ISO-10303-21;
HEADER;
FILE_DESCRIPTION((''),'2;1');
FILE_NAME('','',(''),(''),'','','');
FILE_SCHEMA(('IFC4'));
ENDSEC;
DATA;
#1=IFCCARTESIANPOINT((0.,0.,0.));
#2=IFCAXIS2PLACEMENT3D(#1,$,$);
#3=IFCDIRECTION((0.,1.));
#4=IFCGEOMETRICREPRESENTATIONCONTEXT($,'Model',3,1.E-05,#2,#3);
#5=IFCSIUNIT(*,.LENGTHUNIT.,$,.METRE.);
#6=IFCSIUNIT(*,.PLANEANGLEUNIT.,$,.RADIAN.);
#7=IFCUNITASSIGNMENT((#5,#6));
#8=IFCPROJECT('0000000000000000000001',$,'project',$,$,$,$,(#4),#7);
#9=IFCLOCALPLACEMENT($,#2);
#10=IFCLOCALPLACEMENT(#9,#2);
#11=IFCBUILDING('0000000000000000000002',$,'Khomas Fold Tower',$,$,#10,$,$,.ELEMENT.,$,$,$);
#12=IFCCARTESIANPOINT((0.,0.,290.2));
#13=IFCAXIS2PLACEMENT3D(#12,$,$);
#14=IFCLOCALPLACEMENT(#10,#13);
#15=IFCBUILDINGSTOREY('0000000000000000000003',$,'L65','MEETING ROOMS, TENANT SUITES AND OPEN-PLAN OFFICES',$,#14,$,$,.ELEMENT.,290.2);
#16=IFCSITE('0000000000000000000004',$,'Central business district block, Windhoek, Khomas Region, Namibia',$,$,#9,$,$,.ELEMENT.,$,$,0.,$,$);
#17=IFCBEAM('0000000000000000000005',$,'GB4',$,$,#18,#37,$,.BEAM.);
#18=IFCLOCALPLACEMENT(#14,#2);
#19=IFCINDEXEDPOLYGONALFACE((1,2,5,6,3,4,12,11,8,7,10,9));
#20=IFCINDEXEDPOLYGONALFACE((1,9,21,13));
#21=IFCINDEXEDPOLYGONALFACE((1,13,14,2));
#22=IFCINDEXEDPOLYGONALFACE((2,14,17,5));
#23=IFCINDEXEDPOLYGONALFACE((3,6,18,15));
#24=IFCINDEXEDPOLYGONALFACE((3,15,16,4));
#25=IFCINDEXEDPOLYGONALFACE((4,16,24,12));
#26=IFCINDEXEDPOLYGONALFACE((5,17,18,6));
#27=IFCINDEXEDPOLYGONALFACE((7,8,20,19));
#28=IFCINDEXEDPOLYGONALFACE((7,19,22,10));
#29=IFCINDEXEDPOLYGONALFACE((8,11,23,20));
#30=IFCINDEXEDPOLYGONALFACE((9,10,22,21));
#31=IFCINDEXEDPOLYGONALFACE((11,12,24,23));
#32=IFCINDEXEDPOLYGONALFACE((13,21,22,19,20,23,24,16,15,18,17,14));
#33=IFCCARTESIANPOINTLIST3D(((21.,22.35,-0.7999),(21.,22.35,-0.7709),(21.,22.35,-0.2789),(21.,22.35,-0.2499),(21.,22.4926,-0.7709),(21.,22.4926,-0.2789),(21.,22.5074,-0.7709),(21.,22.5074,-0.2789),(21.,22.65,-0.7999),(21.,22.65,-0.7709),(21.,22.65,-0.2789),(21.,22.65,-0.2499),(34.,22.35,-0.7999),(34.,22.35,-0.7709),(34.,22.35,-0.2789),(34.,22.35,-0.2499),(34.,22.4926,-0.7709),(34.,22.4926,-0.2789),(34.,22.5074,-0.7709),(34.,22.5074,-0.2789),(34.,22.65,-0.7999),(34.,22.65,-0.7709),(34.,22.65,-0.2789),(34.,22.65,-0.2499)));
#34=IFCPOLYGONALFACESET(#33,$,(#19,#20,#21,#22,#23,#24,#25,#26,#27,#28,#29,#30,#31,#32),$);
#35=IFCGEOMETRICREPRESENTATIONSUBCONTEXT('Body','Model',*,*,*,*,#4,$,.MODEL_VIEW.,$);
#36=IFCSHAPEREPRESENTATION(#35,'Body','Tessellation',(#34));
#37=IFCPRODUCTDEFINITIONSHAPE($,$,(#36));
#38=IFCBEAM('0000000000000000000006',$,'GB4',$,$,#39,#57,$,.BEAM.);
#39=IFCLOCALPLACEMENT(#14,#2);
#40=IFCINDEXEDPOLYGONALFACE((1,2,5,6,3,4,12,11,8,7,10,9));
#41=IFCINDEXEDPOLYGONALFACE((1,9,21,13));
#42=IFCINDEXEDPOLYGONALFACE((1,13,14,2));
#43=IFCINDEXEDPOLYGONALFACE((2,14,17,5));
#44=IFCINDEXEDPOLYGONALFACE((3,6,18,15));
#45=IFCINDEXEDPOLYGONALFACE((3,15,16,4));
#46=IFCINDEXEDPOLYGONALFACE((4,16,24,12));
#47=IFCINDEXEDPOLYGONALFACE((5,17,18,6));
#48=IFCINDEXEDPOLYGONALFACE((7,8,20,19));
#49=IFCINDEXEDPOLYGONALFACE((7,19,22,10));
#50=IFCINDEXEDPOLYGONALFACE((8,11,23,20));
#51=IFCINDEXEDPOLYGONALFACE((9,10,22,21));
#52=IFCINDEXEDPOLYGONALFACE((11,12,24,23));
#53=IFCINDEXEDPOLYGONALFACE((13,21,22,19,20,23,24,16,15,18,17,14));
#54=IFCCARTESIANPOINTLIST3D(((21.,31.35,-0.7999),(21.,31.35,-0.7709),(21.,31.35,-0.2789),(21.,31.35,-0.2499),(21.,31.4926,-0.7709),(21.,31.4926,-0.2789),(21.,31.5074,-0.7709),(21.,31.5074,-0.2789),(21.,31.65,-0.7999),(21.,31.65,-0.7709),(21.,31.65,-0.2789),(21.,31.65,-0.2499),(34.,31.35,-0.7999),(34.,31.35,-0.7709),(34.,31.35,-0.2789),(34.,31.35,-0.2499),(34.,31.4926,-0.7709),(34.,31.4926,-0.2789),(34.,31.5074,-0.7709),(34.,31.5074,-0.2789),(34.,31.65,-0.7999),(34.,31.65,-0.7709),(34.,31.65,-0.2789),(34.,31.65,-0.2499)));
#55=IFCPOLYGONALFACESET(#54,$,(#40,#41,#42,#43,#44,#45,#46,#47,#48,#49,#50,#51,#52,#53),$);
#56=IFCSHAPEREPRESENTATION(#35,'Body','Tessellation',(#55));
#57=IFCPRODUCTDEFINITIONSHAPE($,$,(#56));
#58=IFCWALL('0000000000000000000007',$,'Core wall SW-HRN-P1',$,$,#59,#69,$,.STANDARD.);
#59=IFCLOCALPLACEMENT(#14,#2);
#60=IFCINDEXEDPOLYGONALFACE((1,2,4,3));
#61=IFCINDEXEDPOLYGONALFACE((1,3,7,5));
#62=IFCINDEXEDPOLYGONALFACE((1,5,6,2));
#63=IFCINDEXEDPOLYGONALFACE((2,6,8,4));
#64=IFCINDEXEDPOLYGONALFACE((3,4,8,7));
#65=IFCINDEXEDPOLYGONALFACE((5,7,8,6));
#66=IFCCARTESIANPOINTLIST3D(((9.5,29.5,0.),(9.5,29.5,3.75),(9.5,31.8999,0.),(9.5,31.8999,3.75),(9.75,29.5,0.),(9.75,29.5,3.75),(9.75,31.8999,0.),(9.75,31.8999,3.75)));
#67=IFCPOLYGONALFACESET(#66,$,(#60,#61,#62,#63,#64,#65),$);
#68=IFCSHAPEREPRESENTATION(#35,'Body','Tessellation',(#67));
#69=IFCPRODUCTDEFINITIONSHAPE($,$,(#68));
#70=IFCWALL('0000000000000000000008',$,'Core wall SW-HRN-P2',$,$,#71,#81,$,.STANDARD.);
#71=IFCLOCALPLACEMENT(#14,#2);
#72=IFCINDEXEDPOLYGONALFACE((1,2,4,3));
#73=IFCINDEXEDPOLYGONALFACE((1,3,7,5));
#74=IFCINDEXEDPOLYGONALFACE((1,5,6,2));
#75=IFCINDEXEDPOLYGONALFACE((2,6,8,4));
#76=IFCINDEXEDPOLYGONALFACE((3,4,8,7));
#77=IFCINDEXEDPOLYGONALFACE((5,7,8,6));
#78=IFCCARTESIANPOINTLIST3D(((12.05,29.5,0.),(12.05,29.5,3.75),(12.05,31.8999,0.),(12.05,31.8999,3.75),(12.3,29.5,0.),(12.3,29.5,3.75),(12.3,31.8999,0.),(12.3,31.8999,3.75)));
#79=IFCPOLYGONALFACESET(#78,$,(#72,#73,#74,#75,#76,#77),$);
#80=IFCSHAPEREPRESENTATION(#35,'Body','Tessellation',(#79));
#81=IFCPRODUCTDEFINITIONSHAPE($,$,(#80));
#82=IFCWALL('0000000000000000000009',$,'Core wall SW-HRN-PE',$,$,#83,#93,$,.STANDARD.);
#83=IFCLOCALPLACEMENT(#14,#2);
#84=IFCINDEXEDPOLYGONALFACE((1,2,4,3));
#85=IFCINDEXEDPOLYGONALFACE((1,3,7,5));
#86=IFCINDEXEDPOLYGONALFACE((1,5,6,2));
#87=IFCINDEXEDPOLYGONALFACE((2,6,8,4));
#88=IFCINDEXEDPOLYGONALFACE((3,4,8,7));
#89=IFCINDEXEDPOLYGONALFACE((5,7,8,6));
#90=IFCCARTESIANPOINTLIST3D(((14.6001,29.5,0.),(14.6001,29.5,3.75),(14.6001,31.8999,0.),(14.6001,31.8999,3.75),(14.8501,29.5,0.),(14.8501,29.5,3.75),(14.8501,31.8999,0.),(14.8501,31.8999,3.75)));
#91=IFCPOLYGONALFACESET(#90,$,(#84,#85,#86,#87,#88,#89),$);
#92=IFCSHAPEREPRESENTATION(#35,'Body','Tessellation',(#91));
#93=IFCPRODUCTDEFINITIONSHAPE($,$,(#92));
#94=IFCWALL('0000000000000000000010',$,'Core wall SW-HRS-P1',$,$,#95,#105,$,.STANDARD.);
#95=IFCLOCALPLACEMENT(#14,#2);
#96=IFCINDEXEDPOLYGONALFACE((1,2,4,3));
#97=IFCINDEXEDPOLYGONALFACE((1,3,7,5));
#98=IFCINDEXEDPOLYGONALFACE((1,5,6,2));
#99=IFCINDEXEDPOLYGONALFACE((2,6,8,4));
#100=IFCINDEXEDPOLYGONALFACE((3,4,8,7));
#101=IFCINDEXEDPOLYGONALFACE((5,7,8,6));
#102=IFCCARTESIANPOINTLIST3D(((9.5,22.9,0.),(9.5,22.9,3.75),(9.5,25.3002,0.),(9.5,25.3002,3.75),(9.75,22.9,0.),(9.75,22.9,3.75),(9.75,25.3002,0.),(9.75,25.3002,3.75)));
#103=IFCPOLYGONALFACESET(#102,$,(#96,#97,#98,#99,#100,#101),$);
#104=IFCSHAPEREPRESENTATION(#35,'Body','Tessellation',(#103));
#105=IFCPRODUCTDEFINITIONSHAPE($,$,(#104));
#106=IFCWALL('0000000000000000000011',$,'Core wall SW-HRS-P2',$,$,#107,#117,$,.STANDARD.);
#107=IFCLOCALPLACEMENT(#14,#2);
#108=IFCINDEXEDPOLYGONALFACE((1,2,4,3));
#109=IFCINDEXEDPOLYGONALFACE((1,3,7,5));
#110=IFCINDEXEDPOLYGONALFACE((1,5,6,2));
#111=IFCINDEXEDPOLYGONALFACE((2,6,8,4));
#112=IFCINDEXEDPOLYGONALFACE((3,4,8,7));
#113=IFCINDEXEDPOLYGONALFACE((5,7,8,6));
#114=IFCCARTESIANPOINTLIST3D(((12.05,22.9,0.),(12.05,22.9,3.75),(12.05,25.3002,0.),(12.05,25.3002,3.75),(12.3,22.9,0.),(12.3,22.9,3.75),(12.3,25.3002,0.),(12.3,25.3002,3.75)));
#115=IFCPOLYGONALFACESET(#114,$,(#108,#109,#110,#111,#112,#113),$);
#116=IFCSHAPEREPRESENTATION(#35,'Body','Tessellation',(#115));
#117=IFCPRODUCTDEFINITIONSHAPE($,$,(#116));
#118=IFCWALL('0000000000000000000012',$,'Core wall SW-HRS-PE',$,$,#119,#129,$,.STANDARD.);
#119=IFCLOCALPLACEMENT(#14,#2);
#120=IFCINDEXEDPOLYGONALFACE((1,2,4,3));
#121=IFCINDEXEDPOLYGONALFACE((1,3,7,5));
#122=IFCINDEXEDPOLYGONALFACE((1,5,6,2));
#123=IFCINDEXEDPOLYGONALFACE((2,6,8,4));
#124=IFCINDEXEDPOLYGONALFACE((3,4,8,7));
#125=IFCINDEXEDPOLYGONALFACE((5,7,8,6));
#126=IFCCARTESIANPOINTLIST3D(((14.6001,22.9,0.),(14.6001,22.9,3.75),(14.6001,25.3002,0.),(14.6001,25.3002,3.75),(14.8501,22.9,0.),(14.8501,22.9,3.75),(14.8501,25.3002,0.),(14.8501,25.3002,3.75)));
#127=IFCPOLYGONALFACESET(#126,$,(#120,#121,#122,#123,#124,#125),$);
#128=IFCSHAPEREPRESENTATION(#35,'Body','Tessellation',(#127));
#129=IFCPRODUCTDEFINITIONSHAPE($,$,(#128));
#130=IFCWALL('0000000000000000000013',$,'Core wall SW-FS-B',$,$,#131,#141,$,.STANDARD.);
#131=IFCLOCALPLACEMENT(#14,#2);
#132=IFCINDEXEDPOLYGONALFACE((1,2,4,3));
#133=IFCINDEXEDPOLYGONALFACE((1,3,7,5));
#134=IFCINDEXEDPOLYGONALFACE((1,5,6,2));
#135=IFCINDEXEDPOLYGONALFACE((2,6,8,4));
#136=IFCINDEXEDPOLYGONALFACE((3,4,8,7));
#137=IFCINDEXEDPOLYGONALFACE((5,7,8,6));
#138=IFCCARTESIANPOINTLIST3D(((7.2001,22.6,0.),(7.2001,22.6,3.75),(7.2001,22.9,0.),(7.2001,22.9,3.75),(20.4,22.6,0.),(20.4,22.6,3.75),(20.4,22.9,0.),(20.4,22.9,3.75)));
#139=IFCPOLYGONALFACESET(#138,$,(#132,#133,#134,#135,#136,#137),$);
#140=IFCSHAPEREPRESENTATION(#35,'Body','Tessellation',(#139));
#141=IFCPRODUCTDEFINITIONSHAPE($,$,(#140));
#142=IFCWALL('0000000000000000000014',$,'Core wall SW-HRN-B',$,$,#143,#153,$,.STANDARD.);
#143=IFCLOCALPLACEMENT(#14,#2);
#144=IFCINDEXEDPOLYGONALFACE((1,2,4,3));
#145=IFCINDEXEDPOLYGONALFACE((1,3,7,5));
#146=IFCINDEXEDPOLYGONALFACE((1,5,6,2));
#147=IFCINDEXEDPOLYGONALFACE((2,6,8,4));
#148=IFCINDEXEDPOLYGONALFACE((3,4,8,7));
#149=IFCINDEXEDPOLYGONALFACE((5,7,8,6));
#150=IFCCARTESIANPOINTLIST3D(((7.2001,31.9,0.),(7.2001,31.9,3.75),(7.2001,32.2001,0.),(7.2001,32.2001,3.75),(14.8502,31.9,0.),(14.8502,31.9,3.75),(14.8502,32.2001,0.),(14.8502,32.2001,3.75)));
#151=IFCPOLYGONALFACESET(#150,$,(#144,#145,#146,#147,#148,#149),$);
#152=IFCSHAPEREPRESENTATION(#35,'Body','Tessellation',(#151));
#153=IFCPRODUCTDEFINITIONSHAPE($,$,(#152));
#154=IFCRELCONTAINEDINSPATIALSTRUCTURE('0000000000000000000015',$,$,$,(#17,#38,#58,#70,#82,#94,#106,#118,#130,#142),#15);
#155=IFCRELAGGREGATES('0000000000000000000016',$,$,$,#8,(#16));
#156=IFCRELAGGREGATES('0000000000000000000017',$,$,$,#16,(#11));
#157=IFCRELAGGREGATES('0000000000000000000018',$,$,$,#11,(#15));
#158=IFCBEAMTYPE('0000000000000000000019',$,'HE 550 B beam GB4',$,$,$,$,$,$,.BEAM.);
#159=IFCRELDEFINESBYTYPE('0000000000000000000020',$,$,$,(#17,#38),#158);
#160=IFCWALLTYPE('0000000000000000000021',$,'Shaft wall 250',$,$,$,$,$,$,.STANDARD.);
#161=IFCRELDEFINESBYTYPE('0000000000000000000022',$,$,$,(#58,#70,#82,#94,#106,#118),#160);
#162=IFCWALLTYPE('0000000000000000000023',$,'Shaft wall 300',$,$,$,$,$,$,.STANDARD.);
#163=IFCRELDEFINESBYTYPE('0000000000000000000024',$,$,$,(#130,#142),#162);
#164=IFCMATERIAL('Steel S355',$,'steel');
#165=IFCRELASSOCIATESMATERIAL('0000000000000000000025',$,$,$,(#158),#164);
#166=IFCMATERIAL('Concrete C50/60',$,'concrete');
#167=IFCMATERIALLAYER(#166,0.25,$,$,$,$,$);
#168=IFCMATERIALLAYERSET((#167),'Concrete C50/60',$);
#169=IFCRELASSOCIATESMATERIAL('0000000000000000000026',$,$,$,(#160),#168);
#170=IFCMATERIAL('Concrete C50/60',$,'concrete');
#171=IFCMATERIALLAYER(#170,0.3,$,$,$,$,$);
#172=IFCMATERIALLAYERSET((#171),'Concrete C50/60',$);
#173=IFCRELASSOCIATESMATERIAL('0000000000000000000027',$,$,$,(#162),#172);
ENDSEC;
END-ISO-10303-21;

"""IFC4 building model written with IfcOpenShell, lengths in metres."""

from ifc_helpers import new_model, si_unit, direction, frame, frame_2d, origin, origin_2d, place, context, subcontext, project, spatial, rectangle, i_section, extrude, source, transform, mapped, material, layer, layer_set, material_profile, profile_set, type_object, element, save


model = new_model("IFC4")

# Units and contexts
model_context = context("Model", 3, precision=1e-05, world=origin(), true_north=direction((0.0, 1.0)))
body_context = subcontext(model_context, "Body", "Model", "MODEL_VIEW")
ifc_project = project(units=[si_unit("LENGTHUNIT", "METRE"), si_unit("PLANEANGLEUNIT", "RADIAN")], contexts=[model_context])

# Site, building, storey
site_placement = place(None, origin())
site = spatial("IfcSite", under=ifc_project, at=site_placement, Name="Central business district block, Windhoek, Khomas Region, Namibia", CompositionType="ELEMENT", RefElevation=0.0)
building_placement = place(site_placement, origin())
building = spatial("IfcBuilding", under=site, at=building_placement, Name="Khomas Fold Tower", CompositionType="ELEMENT")
storey_placement = place(building_placement, frame((0.0, 0.0, 290.2)))
storey = spatial("IfcBuildingStorey", under=building, at=storey_placement, Name="L65", Description="MEETING ROOMS, TENANT SUITES AND OPEN-PLAN OFFICES", CompositionType="ELEMENT", Elevation=290.2)

# Beams
ifc_material_1 = material(Name="Steel S355", Category="steel")
ifc_material_profile = material_profile(ifc_material_1, i_section(OverallWidth=0.3, OverallDepth=0.55, WebThickness=0.0149, FlangeThickness=0.0291, at=origin_2d()), Name="HE 550 B")
ifc_profile_set = profile_set([ifc_material_profile], Name="Steel S355")
beam_type = type_object("IfcBeamType", Name="HE 550 B beam GB4", PredefinedType="BEAM", material=ifc_profile_set)
shared_shape_1 = source(origin(), body_context, "Body", "SweptSolid", [
    extrude(i_section(OverallWidth=0.3, OverallDepth=0.55, WebThickness=0.0149, FlangeThickness=0.0291, at=origin_2d()), origin(), (0.0, 0.0, 1.0), 13.0),
])
for number, where, z_axis, x_axis, name in (
    (1, (21.0, 22.5, -0.5249), (1.0, 0.0, 0.0), (0.0, 1.0, 0.0), "GB4"),
    (2, (21.0, 31.5, -0.5249), (1.0, 0.0, 0.0), (0.0, 1.0, 0.0), "GB4"),
):
    element("IfcBeam", number, at=place(storey_placement, frame(where, z_axis=z_axis, x_axis=x_axis)), inside=storey, type_object=beam_type, Name=name, PredefinedType="BEAM", context=body_context, shape_type="MappedRepresentation", body=[
        mapped(shared_shape_1, transform((0.0, 0.0, 0.0))),
    ])

# Walls
ifc_material_2 = material(Name="Concrete C50/60", Category="concrete")
ifc_layer_1 = layer(ifc_material_2, 0.25)
ifc_layer_set_1 = layer_set([ifc_layer_1], Name="Concrete C50/60")
wall_type_1 = type_object("IfcWallType", Name="Shaft wall 250", PredefinedType="STANDARD", material=ifc_layer_set_1)
shared_shape_2 = source(origin(), body_context, "Body", "SweptSolid", [
    extrude(rectangle(XDim=2.3999, YDim=0.25, at=frame_2d((1.2, 0.0))), origin(), (0.0, 0.0, 1.0), 3.75),
])
for number, where, z_axis, x_axis, name in (
    (3, (9.625, 29.5, 0.0), (0.0, 0.0, 1.0), (0.0, 1.0, 0.0), "Core wall SW-HRN-P1"),
    (4, (12.175, 29.5, 0.0), (0.0, 0.0, 1.0), (0.0, 1.0, 0.0), "Core wall SW-HRN-P2"),
    (5, (14.7251, 29.5, 0.0), (0.0, 0.0, 1.0), (0.0, 1.0, 0.0), "Core wall SW-HRN-PE"),
):
    element("IfcWall", number, at=place(storey_placement, frame(where, z_axis=z_axis, x_axis=x_axis)), inside=storey, type_object=wall_type_1, Name=name, PredefinedType="STANDARD", context=body_context, shape_type="MappedRepresentation", body=[
        mapped(shared_shape_2, transform((0.0, 0.0, 0.0))),
    ])
shared_shape_3 = source(origin(), body_context, "Body", "SweptSolid", [
    extrude(rectangle(XDim=2.4001, YDim=0.25, at=frame_2d((1.2002, 0.0))), origin(), (0.0, 0.0, 1.0), 3.75),
])
for number, where, z_axis, x_axis, name in (
    (6, (9.625, 22.8999, 0.0), (0.0, 0.0, 1.0), (0.0, 1.0, 0.0), "Core wall SW-HRS-P1"),
    (7, (12.175, 22.8999, 0.0), (0.0, 0.0, 1.0), (0.0, 1.0, 0.0), "Core wall SW-HRS-P2"),
    (8, (14.7251, 22.8999, 0.0), (0.0, 0.0, 1.0), (0.0, 1.0, 0.0), "Core wall SW-HRS-PE"),
):
    element("IfcWall", number, at=place(storey_placement, frame(where, z_axis=z_axis, x_axis=x_axis)), inside=storey, type_object=wall_type_1, Name=name, PredefinedType="STANDARD", context=body_context, shape_type="MappedRepresentation", body=[
        mapped(shared_shape_3, transform((0.0, 0.0, 0.0))),
    ])
ifc_material_3 = material(Name="Concrete C50/60", Category="concrete")
ifc_layer_2 = layer(ifc_material_3, 0.3)
ifc_layer_set_2 = layer_set([ifc_layer_2], Name="Concrete C50/60")
wall_type_2 = type_object("IfcWallType", Name="Shaft wall 300", PredefinedType="STANDARD", material=ifc_layer_set_2)
shared_shape_4 = source(origin(), body_context, "Body", "SweptSolid", [
    extrude(rectangle(XDim=13.2, YDim=0.3, at=frame_2d((6.6001, 0.0))), origin(), (0.0, 0.0, 1.0), 3.75),
])
wall_1_placement = place(storey_placement, frame((7.2, 22.75, 0.0), z_axis=(0.0, 0.0, 1.0), x_axis=(1.0, 0.0, 0.0)))
element("IfcWall", 9, at=wall_1_placement, inside=storey, type_object=wall_type_2, Name="Core wall SW-FS-B", PredefinedType="STANDARD", context=body_context, shape_type="MappedRepresentation", body=[
    mapped(shared_shape_4, transform((0.0, 0.0, 0.0))),
])
shared_shape_5 = source(origin(), body_context, "Body", "SweptSolid", [
    extrude(rectangle(XDim=7.6501, YDim=0.3, at=frame_2d((3.8252, 0.0))), origin(), (0.0, 0.0, 1.0), 3.75),
])
wall_2_placement = place(storey_placement, frame((7.2, 32.05, 0.0), z_axis=(0.0, 0.0, 1.0), x_axis=(1.0, 0.0, 0.0)))
element("IfcWall", 10, at=wall_2_placement, inside=storey, type_object=wall_type_2, Name="Core wall SW-HRN-B", PredefinedType="STANDARD", context=body_context, shape_type="MappedRepresentation", body=[
    mapped(shared_shape_5, transform((0.0, 0.0, 0.0))),
])

save(model, "model.ifc")
